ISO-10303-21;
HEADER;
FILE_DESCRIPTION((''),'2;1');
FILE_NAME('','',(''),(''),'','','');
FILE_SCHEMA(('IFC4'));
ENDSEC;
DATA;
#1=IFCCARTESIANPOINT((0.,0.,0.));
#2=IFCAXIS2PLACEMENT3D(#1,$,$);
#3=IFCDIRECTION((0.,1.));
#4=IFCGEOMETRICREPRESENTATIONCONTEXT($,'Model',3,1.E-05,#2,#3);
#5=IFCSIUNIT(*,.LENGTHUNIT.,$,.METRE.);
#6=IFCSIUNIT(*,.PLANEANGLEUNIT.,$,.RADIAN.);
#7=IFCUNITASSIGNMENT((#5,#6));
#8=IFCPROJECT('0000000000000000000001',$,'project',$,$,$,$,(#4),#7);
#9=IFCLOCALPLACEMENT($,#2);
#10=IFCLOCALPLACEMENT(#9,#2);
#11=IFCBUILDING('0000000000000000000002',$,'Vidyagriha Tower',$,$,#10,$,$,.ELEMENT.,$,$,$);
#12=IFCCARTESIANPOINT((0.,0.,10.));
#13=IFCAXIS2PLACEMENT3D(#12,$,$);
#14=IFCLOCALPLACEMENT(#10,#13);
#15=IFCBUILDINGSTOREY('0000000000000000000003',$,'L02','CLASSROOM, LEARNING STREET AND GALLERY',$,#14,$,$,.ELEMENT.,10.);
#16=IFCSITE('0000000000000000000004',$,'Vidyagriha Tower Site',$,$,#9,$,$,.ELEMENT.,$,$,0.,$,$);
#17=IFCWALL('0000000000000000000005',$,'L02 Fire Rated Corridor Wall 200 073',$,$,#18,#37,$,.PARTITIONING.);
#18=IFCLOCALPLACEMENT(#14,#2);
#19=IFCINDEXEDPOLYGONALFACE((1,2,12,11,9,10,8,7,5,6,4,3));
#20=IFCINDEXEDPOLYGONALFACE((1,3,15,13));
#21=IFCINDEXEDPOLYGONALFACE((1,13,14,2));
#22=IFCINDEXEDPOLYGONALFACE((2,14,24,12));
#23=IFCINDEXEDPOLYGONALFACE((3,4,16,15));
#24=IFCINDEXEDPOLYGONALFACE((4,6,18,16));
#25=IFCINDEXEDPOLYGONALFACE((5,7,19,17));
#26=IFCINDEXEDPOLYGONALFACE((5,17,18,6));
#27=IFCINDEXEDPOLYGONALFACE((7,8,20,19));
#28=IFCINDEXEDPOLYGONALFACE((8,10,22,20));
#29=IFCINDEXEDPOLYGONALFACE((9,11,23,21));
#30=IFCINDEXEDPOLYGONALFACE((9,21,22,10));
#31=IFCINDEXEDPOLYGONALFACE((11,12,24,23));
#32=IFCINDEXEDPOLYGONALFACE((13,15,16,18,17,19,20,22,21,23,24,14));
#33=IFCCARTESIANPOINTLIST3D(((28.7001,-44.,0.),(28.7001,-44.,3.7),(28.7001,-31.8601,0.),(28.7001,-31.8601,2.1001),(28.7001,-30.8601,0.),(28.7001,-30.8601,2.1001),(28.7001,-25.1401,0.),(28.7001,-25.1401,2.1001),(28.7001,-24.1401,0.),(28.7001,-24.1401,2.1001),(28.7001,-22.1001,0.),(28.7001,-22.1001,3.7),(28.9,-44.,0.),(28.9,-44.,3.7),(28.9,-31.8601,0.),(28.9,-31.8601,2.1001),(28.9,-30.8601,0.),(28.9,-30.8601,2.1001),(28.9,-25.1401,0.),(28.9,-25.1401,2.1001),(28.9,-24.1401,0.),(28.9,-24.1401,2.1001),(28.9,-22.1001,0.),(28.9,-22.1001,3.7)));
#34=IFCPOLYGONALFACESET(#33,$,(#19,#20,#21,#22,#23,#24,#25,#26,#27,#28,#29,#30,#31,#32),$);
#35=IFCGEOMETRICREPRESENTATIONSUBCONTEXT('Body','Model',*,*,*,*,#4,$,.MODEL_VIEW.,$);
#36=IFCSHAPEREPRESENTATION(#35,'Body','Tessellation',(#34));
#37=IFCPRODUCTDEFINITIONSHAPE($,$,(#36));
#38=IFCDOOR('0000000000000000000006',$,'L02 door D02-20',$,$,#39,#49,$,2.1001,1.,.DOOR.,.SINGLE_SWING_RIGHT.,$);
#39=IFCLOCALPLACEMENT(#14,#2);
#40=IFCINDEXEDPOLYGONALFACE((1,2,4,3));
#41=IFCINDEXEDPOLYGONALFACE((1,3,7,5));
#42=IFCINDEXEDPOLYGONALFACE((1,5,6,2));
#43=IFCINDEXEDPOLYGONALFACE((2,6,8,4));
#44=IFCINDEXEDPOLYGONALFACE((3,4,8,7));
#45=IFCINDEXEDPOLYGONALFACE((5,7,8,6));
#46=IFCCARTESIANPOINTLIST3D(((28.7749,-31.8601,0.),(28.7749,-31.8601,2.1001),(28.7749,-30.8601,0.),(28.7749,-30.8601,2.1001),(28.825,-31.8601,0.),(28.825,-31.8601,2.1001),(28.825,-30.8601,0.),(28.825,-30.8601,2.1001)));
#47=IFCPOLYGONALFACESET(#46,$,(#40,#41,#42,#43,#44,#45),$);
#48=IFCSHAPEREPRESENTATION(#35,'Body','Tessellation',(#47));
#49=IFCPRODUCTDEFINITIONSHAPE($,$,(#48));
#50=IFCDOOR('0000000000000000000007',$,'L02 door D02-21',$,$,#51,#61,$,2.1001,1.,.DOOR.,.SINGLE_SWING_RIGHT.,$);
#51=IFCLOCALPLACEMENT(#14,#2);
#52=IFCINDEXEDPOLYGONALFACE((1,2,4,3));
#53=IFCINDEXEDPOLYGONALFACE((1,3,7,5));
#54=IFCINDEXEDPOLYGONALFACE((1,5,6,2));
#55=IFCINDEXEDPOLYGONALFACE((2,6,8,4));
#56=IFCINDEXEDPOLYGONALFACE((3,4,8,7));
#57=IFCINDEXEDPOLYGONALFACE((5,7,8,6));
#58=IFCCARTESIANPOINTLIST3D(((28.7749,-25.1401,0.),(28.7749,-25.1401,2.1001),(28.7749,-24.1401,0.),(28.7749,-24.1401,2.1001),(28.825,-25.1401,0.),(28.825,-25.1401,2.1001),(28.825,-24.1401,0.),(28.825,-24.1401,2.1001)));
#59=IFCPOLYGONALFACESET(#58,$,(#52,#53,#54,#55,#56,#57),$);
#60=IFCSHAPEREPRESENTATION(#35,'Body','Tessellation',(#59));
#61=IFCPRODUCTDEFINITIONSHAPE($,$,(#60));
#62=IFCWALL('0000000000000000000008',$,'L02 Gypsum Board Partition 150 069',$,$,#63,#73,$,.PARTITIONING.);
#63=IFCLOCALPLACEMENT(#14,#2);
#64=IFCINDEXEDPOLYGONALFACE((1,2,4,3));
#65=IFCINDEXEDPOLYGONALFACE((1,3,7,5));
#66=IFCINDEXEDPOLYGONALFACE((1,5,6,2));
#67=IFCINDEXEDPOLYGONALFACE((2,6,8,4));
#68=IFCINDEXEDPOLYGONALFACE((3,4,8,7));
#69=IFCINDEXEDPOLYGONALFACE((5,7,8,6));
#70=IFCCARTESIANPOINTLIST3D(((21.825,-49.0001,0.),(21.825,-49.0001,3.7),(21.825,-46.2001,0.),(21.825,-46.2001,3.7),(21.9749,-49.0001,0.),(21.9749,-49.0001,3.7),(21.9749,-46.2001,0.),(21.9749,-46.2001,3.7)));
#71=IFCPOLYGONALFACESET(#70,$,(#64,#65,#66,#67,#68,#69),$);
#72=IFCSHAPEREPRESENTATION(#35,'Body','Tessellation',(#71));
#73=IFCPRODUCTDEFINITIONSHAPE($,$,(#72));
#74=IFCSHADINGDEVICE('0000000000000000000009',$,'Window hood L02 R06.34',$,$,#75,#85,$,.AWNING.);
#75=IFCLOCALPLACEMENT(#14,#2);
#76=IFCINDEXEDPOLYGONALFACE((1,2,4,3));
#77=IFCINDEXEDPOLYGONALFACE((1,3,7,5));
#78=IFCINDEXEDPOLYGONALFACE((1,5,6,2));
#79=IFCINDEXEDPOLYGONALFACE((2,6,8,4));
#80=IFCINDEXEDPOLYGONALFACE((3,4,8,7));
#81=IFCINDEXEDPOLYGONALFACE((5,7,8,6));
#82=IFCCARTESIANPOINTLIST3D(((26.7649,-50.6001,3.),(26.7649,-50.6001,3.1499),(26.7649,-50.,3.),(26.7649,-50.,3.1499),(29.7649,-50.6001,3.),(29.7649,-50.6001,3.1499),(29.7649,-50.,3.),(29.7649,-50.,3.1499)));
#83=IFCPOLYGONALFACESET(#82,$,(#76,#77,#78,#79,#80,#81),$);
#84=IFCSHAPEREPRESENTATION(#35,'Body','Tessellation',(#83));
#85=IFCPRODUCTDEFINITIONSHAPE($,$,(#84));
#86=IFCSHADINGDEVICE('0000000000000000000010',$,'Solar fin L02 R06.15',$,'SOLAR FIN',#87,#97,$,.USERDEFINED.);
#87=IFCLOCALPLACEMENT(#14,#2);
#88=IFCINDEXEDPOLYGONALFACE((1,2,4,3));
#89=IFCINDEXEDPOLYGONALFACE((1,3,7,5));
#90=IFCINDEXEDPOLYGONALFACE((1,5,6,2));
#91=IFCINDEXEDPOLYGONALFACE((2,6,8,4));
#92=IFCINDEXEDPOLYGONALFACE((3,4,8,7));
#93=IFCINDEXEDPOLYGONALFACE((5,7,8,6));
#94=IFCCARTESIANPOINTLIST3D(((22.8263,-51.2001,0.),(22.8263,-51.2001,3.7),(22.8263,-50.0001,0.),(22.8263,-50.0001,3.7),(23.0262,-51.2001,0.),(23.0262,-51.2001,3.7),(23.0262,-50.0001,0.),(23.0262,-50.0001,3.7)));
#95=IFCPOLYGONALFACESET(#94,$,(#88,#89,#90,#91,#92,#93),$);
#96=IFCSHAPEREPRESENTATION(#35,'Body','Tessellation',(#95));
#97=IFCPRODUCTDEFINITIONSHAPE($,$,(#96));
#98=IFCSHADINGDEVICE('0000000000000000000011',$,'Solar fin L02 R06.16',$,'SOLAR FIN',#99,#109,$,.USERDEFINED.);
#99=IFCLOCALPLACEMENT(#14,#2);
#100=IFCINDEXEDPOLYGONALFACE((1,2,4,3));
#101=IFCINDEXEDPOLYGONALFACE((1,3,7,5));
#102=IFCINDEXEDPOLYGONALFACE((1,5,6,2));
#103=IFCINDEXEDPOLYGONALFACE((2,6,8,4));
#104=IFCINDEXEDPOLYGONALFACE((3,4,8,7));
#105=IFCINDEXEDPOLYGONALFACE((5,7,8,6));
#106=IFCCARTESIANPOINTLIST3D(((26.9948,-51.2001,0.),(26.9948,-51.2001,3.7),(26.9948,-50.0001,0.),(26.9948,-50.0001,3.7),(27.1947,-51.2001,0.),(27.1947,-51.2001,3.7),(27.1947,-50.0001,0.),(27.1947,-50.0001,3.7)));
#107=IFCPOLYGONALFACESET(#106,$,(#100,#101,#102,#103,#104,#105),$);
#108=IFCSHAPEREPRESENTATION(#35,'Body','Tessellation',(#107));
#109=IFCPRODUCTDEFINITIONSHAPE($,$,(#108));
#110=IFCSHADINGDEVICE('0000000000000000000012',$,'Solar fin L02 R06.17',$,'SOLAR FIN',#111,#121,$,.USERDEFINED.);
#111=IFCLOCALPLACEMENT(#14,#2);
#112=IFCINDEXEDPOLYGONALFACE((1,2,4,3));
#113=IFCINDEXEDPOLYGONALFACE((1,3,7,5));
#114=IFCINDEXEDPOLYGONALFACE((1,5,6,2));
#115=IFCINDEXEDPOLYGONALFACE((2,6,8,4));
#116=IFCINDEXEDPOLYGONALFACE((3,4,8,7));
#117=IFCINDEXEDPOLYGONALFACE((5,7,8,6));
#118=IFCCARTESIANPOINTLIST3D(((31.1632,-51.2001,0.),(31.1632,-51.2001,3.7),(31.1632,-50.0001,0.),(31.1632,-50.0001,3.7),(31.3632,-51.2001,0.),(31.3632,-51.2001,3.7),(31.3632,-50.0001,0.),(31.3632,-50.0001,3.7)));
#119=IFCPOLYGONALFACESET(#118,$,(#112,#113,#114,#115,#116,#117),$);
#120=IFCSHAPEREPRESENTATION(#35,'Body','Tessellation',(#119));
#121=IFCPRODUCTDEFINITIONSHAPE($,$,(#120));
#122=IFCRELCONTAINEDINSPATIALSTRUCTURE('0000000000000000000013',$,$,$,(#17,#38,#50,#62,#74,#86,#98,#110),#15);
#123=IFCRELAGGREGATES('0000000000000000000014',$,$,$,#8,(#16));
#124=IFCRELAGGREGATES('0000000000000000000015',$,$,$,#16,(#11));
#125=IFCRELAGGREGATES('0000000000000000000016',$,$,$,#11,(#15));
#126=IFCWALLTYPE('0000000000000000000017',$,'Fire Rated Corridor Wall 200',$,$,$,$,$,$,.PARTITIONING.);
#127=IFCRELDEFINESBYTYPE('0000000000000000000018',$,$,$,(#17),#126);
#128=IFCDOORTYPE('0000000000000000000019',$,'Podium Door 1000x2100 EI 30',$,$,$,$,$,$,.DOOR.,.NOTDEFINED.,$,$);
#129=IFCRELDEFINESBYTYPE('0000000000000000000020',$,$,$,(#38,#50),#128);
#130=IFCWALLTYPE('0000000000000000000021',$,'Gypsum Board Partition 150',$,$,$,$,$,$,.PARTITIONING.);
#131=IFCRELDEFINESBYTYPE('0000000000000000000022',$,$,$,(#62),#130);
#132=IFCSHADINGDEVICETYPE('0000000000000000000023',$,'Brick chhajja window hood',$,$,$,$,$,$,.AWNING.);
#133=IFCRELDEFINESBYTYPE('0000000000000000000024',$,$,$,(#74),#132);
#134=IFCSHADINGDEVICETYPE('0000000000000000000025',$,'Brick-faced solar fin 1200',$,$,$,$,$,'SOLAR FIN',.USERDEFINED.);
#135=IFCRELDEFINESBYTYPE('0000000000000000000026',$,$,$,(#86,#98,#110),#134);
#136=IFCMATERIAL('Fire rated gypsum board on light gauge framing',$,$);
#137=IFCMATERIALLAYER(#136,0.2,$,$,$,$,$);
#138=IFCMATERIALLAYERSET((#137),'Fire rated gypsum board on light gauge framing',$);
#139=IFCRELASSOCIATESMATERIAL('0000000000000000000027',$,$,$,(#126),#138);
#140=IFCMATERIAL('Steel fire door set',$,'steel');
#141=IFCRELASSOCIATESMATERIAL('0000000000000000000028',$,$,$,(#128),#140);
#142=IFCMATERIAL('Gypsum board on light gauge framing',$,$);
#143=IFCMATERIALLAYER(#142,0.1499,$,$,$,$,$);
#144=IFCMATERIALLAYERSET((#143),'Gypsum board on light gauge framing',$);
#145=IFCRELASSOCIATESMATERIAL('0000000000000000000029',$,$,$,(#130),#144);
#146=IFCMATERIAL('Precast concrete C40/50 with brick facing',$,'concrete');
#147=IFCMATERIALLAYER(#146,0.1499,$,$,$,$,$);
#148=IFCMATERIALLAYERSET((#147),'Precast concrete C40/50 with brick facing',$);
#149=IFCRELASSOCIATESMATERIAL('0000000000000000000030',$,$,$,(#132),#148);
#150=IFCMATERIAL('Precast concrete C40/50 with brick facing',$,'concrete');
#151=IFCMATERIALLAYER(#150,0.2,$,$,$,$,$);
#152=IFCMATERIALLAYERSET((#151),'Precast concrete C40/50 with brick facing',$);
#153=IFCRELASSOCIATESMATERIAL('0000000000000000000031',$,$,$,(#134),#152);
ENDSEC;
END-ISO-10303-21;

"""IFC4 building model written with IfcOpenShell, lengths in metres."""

from ifc_helpers import new_model, si_unit, direction, frame, frame_2d, origin, origin_2d, place, context, subcontext, project, spatial, rectangle, extrude, material, layer, layer_set, type_object, element, fill, save


model = new_model("IFC4")

# Units and contexts
model_context = context("Model", 3, precision=1e-05, world=origin(), true_north=direction((0.0, 1.0)))
body_context = subcontext(model_context, "Body", "Model", "MODEL_VIEW")
ifc_project = project(units=[si_unit("LENGTHUNIT", "METRE"), si_unit("PLANEANGLEUNIT", "RADIAN")], contexts=[model_context])

# Site, building, storey
site_placement = place(None, origin())
site = spatial("IfcSite", under=ifc_project, at=site_placement, Name="Vidyagriha Tower Site", CompositionType="ELEMENT", RefElevation=0.0)
building_placement = place(site_placement, origin())
building = spatial("IfcBuilding", under=site, at=building_placement, Name="Vidyagriha Tower", CompositionType="ELEMENT")
storey_placement = place(building_placement, frame((0.0, 0.0, 10.0)))
storey = spatial("IfcBuildingStorey", under=building, at=storey_placement, Name="L02", Description="CLASSROOM, LEARNING STREET AND GALLERY", CompositionType="ELEMENT", Elevation=10.0)

# Wall, openings, doors
ifc_material_1 = material(Name="Fire rated gypsum board on light gauge framing")
ifc_layer_1 = layer(ifc_material_1, 0.2)
ifc_layer_set_1 = layer_set([ifc_layer_1], Name="Fire rated gypsum board on light gauge framing")
wall_type_1 = type_object("IfcWallType", Name="Fire Rated Corridor Wall 200", PredefinedType="PARTITIONING", material=ifc_layer_set_1)
wall_1_placement = place(storey_placement, frame((28.8, -44.0, 0.0), z_axis=(0.0, 0.0, 1.0), x_axis=(0.0, 1.0, 0.0)))
wall_1 = element("IfcWall", 1, at=wall_1_placement, inside=storey, type_object=wall_type_1, Name="L02 Fire Rated Corridor Wall 200 073", PredefinedType="PARTITIONING", context=body_context, shape_type="SweptSolid", body=[
    extrude(rectangle(XDim=21.8999, YDim=0.2, at=frame_2d((10.95, 0.0))), origin(), (0.0, 0.0, 1.0), 3.7),
])
opening_1_placement = place(wall_1_placement, frame((12.1399, 0.0, 0.0)))
opening_1 = element("IfcOpeningElement", 2, at=opening_1_placement, cuts=wall_1, PredefinedType="OPENING", context=body_context, shape_type="SweptSolid", body=[
    extrude(rectangle(XDim=1.0, YDim=2.1001, at=frame_2d((0.5, 1.05))), frame((0.0, 0.1099, 0.0), z_axis=(0.0, -1.0, 0.0), x_axis=(1.0, 0.0, 0.0)), (0.0, 0.0, 1.0), 0.22),
])
opening_2_placement = place(wall_1_placement, frame((18.8599, 0.0, 0.0)))
opening_2 = element("IfcOpeningElement", 3, at=opening_2_placement, cuts=wall_1, PredefinedType="OPENING", context=body_context, shape_type="SweptSolid", body=[
    extrude(rectangle(XDim=1.0, YDim=2.1001, at=frame_2d((0.5, 1.05))), frame((0.0, 0.1099, 0.0), z_axis=(0.0, -1.0, 0.0), x_axis=(1.0, 0.0, 0.0)), (0.0, 0.0, 1.0), 0.22),
])
ifc_material_2 = material(Name="Steel fire door set", Category="steel")
door_type_1 = type_object("IfcDoorType", Name="Podium Door 1000x2100 EI 30", OperationType="NOTDEFINED", PredefinedType="DOOR", material=ifc_material_2)
door_1_placement = place(opening_1_placement, frame((1.0, 0.0, 0.0), z_axis=(0.0, 0.0, 1.0), x_axis=(-1.0, 0.0, 0.0)))
door_1 = element("IfcDoor", 4, at=door_1_placement, inside=storey, type_object=door_type_1, Name="L02 door D02-20", OperationType="SINGLE_SWING_RIGHT", OverallHeight=2.1001, OverallWidth=1.0, PredefinedType="DOOR", context=body_context, shape_type="SweptSolid", body=[
    extrude(rectangle(XDim=1.0, YDim=2.1001, at=frame_2d((0.5, 1.05))), frame((0.0, 0.0249, 0.0), z_axis=(0.0, -1.0, 0.0), x_axis=(1.0, 0.0, 0.0)), (0.0, 0.0, 1.0), 0.05),
])
fill(opening_1, door_1)
door_2_placement = place(opening_2_placement, frame((1.0, 0.0, 0.0), z_axis=(0.0, 0.0, 1.0), x_axis=(-1.0, 0.0, 0.0)))
door_2 = element("IfcDoor", 5, at=door_2_placement, inside=storey, type_object=door_type_1, Name="L02 door D02-21", OperationType="SINGLE_SWING_RIGHT", OverallHeight=2.1001, OverallWidth=1.0, PredefinedType="DOOR", context=body_context, shape_type="SweptSolid", body=[
    extrude(rectangle(XDim=1.0, YDim=2.1001, at=frame_2d((0.5, 1.05))), frame((0.0, 0.0249, 0.0), z_axis=(0.0, -1.0, 0.0), x_axis=(1.0, 0.0, 0.0)), (0.0, 0.0, 1.0), 0.05),
])
fill(opening_2, door_2)

# Wall
ifc_material_3 = material(Name="Gypsum board on light gauge framing")
ifc_layer_2 = layer(ifc_material_3, 0.1499)
ifc_layer_set_2 = layer_set([ifc_layer_2], Name="Gypsum board on light gauge framing")
wall_type_2 = type_object("IfcWallType", Name="Gypsum Board Partition 150", PredefinedType="PARTITIONING", material=ifc_layer_set_2)
wall_2_placement = place(storey_placement, frame((21.8999, -49.0, 0.0), z_axis=(0.0, 0.0, 1.0), x_axis=(0.0, 1.0, 0.0)))
element("IfcWall", 6, at=wall_2_placement, inside=storey, type_object=wall_type_2, Name="L02 Gypsum Board Partition 150 069", PredefinedType="PARTITIONING", context=body_context, shape_type="SweptSolid", body=[
    extrude(rectangle(XDim=2.8, YDim=0.1499, at=frame_2d((1.3999, 0.0))), origin(), (0.0, 0.0, 1.0), 3.7),
])

# Shading devices
ifc_material_4 = material(Name="Precast concrete C40/50 with brick facing", Category="concrete")
ifc_layer_3 = layer(ifc_material_4, 0.1499)
ifc_layer_set_3 = layer_set([ifc_layer_3], Name="Precast concrete C40/50 with brick facing")
shading_device_type_1 = type_object("IfcShadingDeviceType", Name="Brick chhajja window hood", PredefinedType="AWNING", material=ifc_layer_set_3)
shading_device_placement = place(storey_placement, frame((28.2649, -50.3, 3.0)))
element("IfcShadingDevice", 7, at=shading_device_placement, inside=storey, type_object=shading_device_type_1, Name="Window hood L02 R06.34", PredefinedType="AWNING", context=body_context, shape_type="SweptSolid", body=[
    extrude(rectangle(XDim=3.0, YDim=0.6001, at=origin_2d()), origin(), (0.0, 0.0, 1.0), 0.1499),
])
ifc_material_5 = material(Name="Precast concrete C40/50 with brick facing", Category="concrete")
ifc_layer_4 = layer(ifc_material_5, 0.2)
ifc_layer_set_4 = layer_set([ifc_layer_4], Name="Precast concrete C40/50 with brick facing")
shading_device_type_2 = type_object("IfcShadingDeviceType", Name="Brick-faced solar fin 1200", ElementType="SOLAR FIN", PredefinedType="USERDEFINED", material=ifc_layer_set_4)
for number, where, z_axis, x_axis, name in (
    (8, (22.9263, -50.0, 0.0), (0.0, 0.0, 1.0), (0.0, -1.0, 0.0), "Solar fin L02 R06.15"),
    (9, (27.0947, -50.0, 0.0), (0.0, 0.0, 1.0), (0.0, -1.0, 0.0), "Solar fin L02 R06.16"),
    (10, (31.2632, -50.0, 0.0), (0.0, 0.0, 1.0), (0.0, -1.0, 0.0), "Solar fin L02 R06.17"),
):
    element("IfcShadingDevice", number, at=place(storey_placement, frame(where, z_axis=z_axis, x_axis=x_axis)), inside=storey, type_object=shading_device_type_2, Name=name, ObjectType="SOLAR FIN", PredefinedType="USERDEFINED", context=body_context, shape_type="SweptSolid", body=[
        extrude(rectangle(XDim=1.2, YDim=0.2, at=frame_2d((0.6001, 0.0))), origin(), (0.0, 0.0, 1.0), 3.7),
    ])

save(model, "model.ifc")
